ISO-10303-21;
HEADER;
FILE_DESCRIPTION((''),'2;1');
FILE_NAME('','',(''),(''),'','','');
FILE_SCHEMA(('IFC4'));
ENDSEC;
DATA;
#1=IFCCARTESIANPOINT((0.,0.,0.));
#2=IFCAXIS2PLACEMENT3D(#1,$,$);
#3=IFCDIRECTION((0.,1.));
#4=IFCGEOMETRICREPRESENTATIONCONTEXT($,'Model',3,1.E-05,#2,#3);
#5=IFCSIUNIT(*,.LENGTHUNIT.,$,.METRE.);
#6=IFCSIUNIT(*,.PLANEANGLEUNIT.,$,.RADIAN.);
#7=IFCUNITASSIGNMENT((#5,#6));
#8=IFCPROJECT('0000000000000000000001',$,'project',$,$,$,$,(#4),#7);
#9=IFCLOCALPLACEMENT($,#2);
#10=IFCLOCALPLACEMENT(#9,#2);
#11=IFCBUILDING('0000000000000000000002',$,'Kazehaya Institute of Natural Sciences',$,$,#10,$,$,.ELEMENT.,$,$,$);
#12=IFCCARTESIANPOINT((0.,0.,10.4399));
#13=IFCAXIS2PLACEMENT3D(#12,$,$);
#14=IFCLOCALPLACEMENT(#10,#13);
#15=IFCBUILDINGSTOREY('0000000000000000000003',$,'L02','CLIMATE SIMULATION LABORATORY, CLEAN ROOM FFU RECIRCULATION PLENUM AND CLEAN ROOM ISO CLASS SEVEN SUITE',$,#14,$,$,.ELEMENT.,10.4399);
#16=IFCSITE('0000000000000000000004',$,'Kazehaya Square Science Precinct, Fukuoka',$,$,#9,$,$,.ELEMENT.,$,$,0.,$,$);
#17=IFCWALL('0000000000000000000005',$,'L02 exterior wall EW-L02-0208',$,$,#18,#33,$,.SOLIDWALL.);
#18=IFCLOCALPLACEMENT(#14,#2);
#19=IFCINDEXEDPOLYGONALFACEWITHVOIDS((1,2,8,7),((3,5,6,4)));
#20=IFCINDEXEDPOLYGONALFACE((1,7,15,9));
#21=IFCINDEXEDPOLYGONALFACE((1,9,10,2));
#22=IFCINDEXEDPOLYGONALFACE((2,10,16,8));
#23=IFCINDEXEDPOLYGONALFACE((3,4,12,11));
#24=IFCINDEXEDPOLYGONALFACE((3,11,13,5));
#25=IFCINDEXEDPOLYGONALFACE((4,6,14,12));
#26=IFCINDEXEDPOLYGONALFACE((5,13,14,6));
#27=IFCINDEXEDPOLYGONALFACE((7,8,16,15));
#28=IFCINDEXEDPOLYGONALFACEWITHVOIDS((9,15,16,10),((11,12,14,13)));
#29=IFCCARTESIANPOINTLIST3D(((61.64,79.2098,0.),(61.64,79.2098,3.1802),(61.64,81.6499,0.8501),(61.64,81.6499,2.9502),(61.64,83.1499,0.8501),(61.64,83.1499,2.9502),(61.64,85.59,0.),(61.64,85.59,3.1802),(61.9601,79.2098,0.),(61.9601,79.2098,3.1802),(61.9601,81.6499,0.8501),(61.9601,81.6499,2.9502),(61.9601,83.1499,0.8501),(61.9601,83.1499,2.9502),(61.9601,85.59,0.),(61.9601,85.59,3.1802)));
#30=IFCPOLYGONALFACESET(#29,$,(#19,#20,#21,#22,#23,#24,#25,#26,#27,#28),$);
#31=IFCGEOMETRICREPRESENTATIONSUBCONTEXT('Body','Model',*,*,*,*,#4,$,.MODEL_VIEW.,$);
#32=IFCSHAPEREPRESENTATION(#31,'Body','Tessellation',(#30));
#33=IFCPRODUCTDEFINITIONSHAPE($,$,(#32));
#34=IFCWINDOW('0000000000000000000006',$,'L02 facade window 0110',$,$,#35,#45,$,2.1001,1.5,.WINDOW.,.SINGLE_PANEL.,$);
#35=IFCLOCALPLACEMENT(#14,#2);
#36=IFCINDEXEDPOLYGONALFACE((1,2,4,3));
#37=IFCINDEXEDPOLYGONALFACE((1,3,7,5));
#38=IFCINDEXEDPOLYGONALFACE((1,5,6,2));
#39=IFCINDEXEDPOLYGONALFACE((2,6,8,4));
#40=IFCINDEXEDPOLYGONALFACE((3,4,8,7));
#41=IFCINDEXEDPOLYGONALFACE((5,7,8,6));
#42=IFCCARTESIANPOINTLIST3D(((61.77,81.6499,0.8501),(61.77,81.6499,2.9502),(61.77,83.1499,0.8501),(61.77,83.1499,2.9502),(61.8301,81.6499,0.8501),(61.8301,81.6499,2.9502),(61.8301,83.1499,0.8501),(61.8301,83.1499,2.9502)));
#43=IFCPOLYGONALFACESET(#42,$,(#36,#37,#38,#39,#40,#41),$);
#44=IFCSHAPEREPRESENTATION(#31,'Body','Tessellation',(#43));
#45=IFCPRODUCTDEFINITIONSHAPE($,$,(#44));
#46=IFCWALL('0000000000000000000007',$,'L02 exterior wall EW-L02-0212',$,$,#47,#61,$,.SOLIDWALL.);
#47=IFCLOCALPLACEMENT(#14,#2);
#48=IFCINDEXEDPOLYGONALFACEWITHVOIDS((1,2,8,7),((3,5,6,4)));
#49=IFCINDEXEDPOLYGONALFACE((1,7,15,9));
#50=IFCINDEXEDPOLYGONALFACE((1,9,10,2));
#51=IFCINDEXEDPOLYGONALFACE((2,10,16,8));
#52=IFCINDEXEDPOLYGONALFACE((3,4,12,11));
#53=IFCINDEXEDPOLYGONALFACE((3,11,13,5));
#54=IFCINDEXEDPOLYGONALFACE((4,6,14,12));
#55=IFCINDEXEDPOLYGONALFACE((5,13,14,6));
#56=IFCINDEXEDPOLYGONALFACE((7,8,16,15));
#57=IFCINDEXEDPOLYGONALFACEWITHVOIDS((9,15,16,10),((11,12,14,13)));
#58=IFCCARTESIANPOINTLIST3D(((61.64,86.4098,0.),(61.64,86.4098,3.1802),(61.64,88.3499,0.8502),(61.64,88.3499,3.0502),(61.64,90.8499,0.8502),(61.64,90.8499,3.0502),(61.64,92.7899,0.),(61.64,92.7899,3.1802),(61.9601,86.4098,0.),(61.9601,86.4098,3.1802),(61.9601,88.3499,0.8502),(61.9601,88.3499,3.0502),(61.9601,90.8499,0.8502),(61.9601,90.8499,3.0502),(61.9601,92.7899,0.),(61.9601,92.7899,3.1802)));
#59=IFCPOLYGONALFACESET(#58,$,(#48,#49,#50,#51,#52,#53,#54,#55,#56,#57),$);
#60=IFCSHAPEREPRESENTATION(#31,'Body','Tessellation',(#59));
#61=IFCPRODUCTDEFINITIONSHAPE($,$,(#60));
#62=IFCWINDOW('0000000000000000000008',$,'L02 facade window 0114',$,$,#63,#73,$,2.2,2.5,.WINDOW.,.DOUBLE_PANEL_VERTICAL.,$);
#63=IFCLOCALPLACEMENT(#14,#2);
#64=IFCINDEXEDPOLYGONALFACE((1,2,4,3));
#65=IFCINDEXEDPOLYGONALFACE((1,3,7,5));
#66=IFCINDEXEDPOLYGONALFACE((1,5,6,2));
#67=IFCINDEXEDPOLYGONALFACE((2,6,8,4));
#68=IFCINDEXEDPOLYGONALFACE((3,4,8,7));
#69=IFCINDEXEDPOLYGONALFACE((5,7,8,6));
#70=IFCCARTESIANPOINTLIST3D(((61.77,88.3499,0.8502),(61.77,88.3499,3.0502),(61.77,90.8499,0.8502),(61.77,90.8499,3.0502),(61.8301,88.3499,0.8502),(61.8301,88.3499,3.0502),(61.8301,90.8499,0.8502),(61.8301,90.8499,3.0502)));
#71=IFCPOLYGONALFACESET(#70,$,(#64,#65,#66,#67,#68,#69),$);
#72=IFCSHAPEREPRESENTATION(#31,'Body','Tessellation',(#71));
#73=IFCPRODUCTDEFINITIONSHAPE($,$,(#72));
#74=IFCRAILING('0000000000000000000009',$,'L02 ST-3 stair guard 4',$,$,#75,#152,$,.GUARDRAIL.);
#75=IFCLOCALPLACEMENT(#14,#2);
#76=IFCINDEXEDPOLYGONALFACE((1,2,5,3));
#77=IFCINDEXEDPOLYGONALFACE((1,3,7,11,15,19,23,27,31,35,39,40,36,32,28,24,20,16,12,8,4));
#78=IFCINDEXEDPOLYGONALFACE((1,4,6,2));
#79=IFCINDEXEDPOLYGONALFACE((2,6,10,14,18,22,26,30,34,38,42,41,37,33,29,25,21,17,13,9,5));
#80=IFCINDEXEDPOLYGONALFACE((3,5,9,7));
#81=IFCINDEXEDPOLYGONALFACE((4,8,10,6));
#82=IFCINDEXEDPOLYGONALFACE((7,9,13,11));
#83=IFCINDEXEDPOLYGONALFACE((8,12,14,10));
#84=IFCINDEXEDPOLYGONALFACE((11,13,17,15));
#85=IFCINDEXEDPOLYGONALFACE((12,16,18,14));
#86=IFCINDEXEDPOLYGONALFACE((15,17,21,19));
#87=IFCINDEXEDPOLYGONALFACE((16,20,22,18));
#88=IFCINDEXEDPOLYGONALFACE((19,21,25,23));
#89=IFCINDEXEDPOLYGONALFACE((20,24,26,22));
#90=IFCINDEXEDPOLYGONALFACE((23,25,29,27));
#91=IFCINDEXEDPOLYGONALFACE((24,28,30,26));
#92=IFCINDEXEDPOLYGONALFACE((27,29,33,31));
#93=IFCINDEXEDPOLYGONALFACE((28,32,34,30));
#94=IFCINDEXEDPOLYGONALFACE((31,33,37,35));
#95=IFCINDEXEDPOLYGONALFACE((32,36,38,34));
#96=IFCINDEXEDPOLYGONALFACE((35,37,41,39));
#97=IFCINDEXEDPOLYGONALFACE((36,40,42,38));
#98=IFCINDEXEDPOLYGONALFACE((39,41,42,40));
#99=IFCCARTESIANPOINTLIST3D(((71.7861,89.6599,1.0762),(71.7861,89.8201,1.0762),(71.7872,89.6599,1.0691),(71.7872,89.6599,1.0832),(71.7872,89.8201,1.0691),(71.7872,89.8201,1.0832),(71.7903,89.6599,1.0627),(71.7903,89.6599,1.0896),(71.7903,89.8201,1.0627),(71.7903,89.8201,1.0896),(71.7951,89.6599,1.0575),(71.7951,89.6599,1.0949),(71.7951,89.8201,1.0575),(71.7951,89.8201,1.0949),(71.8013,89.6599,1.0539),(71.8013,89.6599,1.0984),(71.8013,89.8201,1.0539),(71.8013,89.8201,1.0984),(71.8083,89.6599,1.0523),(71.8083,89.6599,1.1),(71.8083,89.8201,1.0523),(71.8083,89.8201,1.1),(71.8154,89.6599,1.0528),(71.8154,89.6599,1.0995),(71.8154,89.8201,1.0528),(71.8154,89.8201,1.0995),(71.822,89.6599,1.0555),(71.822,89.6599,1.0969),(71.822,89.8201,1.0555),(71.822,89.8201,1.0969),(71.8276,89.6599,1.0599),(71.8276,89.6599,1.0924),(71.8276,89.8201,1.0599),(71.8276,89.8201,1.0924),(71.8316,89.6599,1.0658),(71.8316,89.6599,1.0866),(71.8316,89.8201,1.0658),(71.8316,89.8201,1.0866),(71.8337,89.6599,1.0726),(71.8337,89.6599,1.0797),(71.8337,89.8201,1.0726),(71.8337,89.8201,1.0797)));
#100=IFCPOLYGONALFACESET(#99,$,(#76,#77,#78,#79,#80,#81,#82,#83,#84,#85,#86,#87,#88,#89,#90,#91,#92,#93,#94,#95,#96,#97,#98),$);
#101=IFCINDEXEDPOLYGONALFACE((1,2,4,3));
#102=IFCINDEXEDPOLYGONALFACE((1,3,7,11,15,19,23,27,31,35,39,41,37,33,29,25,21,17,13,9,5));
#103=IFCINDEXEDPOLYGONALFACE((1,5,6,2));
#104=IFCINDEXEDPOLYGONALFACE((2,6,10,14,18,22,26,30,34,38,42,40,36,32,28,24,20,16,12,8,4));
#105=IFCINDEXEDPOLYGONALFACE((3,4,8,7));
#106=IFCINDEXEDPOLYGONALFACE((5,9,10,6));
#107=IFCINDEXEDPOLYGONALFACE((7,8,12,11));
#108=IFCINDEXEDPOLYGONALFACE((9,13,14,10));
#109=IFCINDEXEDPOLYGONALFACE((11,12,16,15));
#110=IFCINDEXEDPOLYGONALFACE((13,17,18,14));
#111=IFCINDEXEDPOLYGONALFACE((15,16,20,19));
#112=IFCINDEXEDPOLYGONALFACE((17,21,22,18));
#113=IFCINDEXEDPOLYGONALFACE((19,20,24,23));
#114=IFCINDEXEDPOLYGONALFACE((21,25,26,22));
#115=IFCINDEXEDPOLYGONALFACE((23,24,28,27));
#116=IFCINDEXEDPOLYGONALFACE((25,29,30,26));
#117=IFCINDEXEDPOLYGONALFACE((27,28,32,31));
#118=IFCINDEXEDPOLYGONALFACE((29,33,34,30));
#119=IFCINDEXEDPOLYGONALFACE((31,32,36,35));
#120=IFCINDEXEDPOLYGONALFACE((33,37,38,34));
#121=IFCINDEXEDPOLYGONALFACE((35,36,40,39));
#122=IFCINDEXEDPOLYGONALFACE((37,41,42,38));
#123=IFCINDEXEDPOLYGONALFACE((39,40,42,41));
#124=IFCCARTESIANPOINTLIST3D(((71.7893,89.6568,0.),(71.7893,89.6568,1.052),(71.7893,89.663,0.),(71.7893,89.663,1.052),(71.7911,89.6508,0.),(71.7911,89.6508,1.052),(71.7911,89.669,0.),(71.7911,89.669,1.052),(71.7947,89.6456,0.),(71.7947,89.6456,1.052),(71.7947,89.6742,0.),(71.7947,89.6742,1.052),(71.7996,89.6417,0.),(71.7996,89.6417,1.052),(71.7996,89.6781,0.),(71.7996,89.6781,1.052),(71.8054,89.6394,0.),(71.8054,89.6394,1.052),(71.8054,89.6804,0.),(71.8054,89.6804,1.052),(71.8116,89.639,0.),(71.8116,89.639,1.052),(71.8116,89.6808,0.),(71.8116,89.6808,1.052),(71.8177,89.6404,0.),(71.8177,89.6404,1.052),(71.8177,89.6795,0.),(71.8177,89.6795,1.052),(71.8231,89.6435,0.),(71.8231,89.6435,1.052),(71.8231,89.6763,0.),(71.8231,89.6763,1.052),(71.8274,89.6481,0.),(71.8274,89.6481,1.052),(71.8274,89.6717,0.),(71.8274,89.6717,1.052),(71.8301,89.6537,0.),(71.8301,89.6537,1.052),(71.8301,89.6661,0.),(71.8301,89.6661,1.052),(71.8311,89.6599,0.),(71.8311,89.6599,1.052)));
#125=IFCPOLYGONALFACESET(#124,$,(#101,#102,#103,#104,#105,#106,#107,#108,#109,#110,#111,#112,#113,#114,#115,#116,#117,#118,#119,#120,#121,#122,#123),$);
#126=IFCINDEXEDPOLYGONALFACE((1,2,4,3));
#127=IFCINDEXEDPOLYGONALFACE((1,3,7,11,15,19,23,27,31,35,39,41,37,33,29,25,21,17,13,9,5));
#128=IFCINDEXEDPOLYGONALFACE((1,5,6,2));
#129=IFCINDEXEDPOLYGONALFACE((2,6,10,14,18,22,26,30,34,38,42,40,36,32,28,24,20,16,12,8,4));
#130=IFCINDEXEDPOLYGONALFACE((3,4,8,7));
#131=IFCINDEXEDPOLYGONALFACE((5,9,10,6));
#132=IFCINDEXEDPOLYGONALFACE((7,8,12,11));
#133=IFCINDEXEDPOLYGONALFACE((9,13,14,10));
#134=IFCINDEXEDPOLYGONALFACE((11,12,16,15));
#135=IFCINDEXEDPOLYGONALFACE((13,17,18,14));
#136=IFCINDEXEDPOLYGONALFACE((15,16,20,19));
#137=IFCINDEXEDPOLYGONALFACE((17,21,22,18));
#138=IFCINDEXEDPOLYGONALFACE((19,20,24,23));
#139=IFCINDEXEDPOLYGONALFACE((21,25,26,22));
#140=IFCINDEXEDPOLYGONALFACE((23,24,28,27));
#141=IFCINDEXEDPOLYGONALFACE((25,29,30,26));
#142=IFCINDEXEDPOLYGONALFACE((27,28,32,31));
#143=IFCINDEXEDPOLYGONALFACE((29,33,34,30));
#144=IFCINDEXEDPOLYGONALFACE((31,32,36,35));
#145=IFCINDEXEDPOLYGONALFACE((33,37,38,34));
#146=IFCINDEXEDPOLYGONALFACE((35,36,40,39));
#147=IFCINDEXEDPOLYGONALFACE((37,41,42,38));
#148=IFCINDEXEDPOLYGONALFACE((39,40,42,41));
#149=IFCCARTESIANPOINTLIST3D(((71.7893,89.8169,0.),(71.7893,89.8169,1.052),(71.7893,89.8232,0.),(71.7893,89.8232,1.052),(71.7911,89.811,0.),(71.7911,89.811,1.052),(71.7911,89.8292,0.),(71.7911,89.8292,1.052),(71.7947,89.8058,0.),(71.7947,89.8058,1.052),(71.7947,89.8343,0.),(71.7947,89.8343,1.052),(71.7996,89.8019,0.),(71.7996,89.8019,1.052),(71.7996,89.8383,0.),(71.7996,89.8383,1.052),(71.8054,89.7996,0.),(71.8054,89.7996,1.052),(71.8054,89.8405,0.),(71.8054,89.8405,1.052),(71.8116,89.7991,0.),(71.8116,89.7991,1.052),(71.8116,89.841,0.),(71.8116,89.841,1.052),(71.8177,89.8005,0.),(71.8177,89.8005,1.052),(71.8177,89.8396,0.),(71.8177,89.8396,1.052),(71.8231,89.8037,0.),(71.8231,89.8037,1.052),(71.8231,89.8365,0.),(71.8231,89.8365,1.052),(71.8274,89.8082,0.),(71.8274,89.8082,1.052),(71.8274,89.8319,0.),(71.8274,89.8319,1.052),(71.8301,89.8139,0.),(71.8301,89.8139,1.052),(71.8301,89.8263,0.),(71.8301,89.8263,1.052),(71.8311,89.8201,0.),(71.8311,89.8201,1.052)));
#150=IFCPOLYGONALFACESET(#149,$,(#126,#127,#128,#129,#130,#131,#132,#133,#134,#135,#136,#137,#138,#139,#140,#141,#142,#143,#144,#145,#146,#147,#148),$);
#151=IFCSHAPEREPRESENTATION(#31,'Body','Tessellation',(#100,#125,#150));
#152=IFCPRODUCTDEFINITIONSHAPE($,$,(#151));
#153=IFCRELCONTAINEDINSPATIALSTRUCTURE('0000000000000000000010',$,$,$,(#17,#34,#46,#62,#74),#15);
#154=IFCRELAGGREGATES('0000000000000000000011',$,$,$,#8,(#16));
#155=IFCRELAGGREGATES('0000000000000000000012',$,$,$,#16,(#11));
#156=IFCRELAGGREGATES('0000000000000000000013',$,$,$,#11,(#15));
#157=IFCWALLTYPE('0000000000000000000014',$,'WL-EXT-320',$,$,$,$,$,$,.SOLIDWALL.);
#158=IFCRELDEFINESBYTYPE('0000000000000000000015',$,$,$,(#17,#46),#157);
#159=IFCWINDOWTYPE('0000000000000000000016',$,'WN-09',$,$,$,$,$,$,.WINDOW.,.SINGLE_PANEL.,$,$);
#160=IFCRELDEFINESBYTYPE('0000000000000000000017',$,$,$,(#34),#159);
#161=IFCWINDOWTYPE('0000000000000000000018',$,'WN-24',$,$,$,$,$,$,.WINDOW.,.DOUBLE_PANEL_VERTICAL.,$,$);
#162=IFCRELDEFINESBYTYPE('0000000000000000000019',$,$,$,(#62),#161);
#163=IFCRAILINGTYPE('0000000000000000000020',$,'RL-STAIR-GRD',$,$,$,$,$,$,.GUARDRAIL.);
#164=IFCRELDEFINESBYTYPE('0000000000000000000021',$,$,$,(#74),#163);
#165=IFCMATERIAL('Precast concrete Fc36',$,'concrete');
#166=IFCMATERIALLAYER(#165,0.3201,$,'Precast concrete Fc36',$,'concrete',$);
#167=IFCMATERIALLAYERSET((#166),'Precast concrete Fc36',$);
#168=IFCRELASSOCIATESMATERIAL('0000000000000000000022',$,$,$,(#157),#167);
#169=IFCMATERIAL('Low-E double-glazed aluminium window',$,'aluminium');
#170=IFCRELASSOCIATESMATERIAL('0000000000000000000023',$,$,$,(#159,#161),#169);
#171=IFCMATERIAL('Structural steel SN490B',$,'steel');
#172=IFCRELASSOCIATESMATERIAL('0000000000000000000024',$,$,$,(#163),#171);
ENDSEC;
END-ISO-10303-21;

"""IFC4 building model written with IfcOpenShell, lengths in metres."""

from ifc_helpers import new_model, si_unit, direction, frame, frame_2d, origin, origin_2d, place, context, subcontext, project, spatial, rectangle, circle, extrude, material, layer, layer_set, type_object, element, fill, save


model = new_model("IFC4")

# Units and contexts
model_context = context("Model", 3, precision=1e-05, world=origin(), true_north=direction((0.0, 1.0)))
body_context = subcontext(model_context, "Body", "Model", "MODEL_VIEW")
ifc_project = project(units=[si_unit("LENGTHUNIT", "METRE"), si_unit("PLANEANGLEUNIT", "RADIAN")], contexts=[model_context])

# Site, building, storey
site_placement = place(None, origin())
site = spatial("IfcSite", under=ifc_project, at=site_placement, Name="Kazehaya Square Science Precinct, Fukuoka", CompositionType="ELEMENT", RefElevation=0.0)
building_placement = place(site_placement, origin())
building = spatial("IfcBuilding", under=site, at=building_placement, Name="Kazehaya Institute of Natural Sciences", CompositionType="ELEMENT")
storey_placement = place(building_placement, frame((0.0, 0.0, 10.4399)))
storey = spatial("IfcBuildingStorey", under=building, at=storey_placement, Name="L02", Description="CLIMATE SIMULATION LABORATORY, CLEAN ROOM FFU RECIRCULATION PLENUM AND CLEAN ROOM ISO CLASS SEVEN SUITE", CompositionType="ELEMENT", Elevation=10.4399)

# Walls, openings, windows
ifc_material_1 = material(Name="Precast concrete Fc36", Category="concrete")
ifc_material_2 = material(Name="Low-E double-glazed aluminium window", Category="aluminium")
ifc_layer_1 = layer(ifc_material_1, 0.3201, Name="Precast concrete Fc36", Category="concrete")
ifc_layer_set_1 = layer_set([ifc_layer_1], Name="Precast concrete Fc36")
wall_type_1 = type_object("IfcWallType", Name="WL-EXT-320", PredefinedType="SOLIDWALL", material=ifc_layer_set_1)
wall_1_placement = place(storey_placement, frame((61.8, 79.21, 0.0), z_axis=(0.0, 0.0, 1.0), x_axis=(0.0, 1.0, 0.0)))
wall_1 = element("IfcWall", 1, at=wall_1_placement, inside=storey, type_object=wall_type_1, Name="L02 exterior wall EW-L02-0208", PredefinedType="SOLIDWALL", context=body_context, shape_type="SweptSolid", body=[
    extrude(rectangle(XDim=6.3801, YDim=0.3201, at=frame_2d((3.1899, 0.0))), origin(), (0.0, 0.0, 1.0), 3.1802),
])
opening_1_placement = place(wall_1_placement, frame((2.4399, 0.0, 0.8501)))
opening_1 = element("IfcOpeningElement", 2, at=opening_1_placement, cuts=wall_1, PredefinedType="OPENING", context=body_context, shape_type="SweptSolid", body=[
    extrude(rectangle(XDim=1.5, YDim=2.1001, at=frame_2d((0.75, 1.05))), frame((0.0, 0.1699, 0.0), z_axis=(0.0, -1.0, 0.0), x_axis=(1.0, 0.0, 0.0)), (0.0, 0.0, 1.0), 0.3401),
])
window_type_1 = type_object("IfcWindowType", Name="WN-09", PartitioningType="SINGLE_PANEL", PredefinedType="WINDOW", material=ifc_material_2)
window_1_placement = place(opening_1_placement, origin())
window_1 = element("IfcWindow", 3, at=window_1_placement, inside=storey, type_object=window_type_1, Name="L02 facade window 0110", OverallHeight=2.1001, OverallWidth=1.5, PartitioningType="SINGLE_PANEL", PredefinedType="WINDOW", context=body_context, shape_type="SweptSolid", body=[
    extrude(rectangle(XDim=1.5, YDim=2.1001, at=frame_2d((0.75, 1.05))), frame((0.0, 0.03, 0.0), z_axis=(0.0, -1.0, 0.0), x_axis=(1.0, 0.0, 0.0)), (0.0, 0.0, 1.0), 0.0601),
])
fill(opening_1, window_1)
wall_2_placement = place(storey_placement, frame((61.8, 86.4099, 0.0), z_axis=(0.0, 0.0, 1.0), x_axis=(0.0, 1.0, 0.0)))
wall_2 = element("IfcWall", 4, at=wall_2_placement, inside=storey, type_object=wall_type_1, Name="L02 exterior wall EW-L02-0212", PredefinedType="SOLIDWALL", context=body_context, shape_type="SweptSolid", body=[
    extrude(rectangle(XDim=6.3801, YDim=0.3201, at=frame_2d((3.1899, 0.0))), origin(), (0.0, 0.0, 1.0), 3.1802),
])
opening_2_placement = place(wall_2_placement, frame((1.9399, 0.0, 0.8501)))
opening_2 = element("IfcOpeningElement", 5, at=opening_2_placement, cuts=wall_2, PredefinedType="OPENING", context=body_context, shape_type="SweptSolid", body=[
    extrude(rectangle(XDim=2.5, YDim=2.2, at=frame_2d((1.25, 1.1001))), frame((0.0, 0.1699, 0.0), z_axis=(0.0, -1.0, 0.0), x_axis=(1.0, 0.0, 0.0)), (0.0, 0.0, 1.0), 0.3401),
])
window_type_2 = type_object("IfcWindowType", Name="WN-24", PartitioningType="DOUBLE_PANEL_VERTICAL", PredefinedType="WINDOW", material=ifc_material_2)
window_2_placement = place(opening_2_placement, origin())
window_2 = element("IfcWindow", 6, at=window_2_placement, inside=storey, type_object=window_type_2, Name="L02 facade window 0114", OverallHeight=2.2, OverallWidth=2.5, PartitioningType="DOUBLE_PANEL_VERTICAL", PredefinedType="WINDOW", context=body_context, shape_type="SweptSolid", body=[
    extrude(rectangle(XDim=2.5, YDim=2.2, at=frame_2d((1.25, 1.1001))), frame((0.0, 0.03, 0.0), z_axis=(0.0, -1.0, 0.0), x_axis=(1.0, 0.0, 0.0)), (0.0, 0.0, 1.0), 0.0601),
])
fill(opening_2, window_2)

# Railing
ifc_material_3 = material(Name="Structural steel SN490B", Category="steel")
railing_type_1 = type_object("IfcRailingType", Name="RL-STAIR-GRD", PredefinedType="GUARDRAIL", material=ifc_material_3)
railing_1_placement = place(storey_placement, frame((71.8101, 89.6599, 0.0)))
element("IfcRailing", 7, at=railing_1_placement, inside=storey, type_object=railing_type_1, Name="L02 ST-3 stair guard 4", PredefinedType="GUARDRAIL", context=body_context, shape_type="SweptSolid", body=[
    extrude(circle(Radius=0.0239, at=origin_2d()), frame((0.0, 0.0, 1.0762), z_axis=(0.0, 1.0, 0.0), x_axis=(-1.0, 0.0, 0.0)), (0.0, 0.0, 1.0), 0.1602),
    extrude(circle(Radius=0.021, at=origin_2d()), origin(), (0.0, 0.0, 1.0), 1.052),
    extrude(circle(Radius=0.021, at=origin_2d()), frame((0.0, 0.1602, 0.0)), (0.0, 0.0, 1.0), 1.052),
])

save(model, "model.ifc")
